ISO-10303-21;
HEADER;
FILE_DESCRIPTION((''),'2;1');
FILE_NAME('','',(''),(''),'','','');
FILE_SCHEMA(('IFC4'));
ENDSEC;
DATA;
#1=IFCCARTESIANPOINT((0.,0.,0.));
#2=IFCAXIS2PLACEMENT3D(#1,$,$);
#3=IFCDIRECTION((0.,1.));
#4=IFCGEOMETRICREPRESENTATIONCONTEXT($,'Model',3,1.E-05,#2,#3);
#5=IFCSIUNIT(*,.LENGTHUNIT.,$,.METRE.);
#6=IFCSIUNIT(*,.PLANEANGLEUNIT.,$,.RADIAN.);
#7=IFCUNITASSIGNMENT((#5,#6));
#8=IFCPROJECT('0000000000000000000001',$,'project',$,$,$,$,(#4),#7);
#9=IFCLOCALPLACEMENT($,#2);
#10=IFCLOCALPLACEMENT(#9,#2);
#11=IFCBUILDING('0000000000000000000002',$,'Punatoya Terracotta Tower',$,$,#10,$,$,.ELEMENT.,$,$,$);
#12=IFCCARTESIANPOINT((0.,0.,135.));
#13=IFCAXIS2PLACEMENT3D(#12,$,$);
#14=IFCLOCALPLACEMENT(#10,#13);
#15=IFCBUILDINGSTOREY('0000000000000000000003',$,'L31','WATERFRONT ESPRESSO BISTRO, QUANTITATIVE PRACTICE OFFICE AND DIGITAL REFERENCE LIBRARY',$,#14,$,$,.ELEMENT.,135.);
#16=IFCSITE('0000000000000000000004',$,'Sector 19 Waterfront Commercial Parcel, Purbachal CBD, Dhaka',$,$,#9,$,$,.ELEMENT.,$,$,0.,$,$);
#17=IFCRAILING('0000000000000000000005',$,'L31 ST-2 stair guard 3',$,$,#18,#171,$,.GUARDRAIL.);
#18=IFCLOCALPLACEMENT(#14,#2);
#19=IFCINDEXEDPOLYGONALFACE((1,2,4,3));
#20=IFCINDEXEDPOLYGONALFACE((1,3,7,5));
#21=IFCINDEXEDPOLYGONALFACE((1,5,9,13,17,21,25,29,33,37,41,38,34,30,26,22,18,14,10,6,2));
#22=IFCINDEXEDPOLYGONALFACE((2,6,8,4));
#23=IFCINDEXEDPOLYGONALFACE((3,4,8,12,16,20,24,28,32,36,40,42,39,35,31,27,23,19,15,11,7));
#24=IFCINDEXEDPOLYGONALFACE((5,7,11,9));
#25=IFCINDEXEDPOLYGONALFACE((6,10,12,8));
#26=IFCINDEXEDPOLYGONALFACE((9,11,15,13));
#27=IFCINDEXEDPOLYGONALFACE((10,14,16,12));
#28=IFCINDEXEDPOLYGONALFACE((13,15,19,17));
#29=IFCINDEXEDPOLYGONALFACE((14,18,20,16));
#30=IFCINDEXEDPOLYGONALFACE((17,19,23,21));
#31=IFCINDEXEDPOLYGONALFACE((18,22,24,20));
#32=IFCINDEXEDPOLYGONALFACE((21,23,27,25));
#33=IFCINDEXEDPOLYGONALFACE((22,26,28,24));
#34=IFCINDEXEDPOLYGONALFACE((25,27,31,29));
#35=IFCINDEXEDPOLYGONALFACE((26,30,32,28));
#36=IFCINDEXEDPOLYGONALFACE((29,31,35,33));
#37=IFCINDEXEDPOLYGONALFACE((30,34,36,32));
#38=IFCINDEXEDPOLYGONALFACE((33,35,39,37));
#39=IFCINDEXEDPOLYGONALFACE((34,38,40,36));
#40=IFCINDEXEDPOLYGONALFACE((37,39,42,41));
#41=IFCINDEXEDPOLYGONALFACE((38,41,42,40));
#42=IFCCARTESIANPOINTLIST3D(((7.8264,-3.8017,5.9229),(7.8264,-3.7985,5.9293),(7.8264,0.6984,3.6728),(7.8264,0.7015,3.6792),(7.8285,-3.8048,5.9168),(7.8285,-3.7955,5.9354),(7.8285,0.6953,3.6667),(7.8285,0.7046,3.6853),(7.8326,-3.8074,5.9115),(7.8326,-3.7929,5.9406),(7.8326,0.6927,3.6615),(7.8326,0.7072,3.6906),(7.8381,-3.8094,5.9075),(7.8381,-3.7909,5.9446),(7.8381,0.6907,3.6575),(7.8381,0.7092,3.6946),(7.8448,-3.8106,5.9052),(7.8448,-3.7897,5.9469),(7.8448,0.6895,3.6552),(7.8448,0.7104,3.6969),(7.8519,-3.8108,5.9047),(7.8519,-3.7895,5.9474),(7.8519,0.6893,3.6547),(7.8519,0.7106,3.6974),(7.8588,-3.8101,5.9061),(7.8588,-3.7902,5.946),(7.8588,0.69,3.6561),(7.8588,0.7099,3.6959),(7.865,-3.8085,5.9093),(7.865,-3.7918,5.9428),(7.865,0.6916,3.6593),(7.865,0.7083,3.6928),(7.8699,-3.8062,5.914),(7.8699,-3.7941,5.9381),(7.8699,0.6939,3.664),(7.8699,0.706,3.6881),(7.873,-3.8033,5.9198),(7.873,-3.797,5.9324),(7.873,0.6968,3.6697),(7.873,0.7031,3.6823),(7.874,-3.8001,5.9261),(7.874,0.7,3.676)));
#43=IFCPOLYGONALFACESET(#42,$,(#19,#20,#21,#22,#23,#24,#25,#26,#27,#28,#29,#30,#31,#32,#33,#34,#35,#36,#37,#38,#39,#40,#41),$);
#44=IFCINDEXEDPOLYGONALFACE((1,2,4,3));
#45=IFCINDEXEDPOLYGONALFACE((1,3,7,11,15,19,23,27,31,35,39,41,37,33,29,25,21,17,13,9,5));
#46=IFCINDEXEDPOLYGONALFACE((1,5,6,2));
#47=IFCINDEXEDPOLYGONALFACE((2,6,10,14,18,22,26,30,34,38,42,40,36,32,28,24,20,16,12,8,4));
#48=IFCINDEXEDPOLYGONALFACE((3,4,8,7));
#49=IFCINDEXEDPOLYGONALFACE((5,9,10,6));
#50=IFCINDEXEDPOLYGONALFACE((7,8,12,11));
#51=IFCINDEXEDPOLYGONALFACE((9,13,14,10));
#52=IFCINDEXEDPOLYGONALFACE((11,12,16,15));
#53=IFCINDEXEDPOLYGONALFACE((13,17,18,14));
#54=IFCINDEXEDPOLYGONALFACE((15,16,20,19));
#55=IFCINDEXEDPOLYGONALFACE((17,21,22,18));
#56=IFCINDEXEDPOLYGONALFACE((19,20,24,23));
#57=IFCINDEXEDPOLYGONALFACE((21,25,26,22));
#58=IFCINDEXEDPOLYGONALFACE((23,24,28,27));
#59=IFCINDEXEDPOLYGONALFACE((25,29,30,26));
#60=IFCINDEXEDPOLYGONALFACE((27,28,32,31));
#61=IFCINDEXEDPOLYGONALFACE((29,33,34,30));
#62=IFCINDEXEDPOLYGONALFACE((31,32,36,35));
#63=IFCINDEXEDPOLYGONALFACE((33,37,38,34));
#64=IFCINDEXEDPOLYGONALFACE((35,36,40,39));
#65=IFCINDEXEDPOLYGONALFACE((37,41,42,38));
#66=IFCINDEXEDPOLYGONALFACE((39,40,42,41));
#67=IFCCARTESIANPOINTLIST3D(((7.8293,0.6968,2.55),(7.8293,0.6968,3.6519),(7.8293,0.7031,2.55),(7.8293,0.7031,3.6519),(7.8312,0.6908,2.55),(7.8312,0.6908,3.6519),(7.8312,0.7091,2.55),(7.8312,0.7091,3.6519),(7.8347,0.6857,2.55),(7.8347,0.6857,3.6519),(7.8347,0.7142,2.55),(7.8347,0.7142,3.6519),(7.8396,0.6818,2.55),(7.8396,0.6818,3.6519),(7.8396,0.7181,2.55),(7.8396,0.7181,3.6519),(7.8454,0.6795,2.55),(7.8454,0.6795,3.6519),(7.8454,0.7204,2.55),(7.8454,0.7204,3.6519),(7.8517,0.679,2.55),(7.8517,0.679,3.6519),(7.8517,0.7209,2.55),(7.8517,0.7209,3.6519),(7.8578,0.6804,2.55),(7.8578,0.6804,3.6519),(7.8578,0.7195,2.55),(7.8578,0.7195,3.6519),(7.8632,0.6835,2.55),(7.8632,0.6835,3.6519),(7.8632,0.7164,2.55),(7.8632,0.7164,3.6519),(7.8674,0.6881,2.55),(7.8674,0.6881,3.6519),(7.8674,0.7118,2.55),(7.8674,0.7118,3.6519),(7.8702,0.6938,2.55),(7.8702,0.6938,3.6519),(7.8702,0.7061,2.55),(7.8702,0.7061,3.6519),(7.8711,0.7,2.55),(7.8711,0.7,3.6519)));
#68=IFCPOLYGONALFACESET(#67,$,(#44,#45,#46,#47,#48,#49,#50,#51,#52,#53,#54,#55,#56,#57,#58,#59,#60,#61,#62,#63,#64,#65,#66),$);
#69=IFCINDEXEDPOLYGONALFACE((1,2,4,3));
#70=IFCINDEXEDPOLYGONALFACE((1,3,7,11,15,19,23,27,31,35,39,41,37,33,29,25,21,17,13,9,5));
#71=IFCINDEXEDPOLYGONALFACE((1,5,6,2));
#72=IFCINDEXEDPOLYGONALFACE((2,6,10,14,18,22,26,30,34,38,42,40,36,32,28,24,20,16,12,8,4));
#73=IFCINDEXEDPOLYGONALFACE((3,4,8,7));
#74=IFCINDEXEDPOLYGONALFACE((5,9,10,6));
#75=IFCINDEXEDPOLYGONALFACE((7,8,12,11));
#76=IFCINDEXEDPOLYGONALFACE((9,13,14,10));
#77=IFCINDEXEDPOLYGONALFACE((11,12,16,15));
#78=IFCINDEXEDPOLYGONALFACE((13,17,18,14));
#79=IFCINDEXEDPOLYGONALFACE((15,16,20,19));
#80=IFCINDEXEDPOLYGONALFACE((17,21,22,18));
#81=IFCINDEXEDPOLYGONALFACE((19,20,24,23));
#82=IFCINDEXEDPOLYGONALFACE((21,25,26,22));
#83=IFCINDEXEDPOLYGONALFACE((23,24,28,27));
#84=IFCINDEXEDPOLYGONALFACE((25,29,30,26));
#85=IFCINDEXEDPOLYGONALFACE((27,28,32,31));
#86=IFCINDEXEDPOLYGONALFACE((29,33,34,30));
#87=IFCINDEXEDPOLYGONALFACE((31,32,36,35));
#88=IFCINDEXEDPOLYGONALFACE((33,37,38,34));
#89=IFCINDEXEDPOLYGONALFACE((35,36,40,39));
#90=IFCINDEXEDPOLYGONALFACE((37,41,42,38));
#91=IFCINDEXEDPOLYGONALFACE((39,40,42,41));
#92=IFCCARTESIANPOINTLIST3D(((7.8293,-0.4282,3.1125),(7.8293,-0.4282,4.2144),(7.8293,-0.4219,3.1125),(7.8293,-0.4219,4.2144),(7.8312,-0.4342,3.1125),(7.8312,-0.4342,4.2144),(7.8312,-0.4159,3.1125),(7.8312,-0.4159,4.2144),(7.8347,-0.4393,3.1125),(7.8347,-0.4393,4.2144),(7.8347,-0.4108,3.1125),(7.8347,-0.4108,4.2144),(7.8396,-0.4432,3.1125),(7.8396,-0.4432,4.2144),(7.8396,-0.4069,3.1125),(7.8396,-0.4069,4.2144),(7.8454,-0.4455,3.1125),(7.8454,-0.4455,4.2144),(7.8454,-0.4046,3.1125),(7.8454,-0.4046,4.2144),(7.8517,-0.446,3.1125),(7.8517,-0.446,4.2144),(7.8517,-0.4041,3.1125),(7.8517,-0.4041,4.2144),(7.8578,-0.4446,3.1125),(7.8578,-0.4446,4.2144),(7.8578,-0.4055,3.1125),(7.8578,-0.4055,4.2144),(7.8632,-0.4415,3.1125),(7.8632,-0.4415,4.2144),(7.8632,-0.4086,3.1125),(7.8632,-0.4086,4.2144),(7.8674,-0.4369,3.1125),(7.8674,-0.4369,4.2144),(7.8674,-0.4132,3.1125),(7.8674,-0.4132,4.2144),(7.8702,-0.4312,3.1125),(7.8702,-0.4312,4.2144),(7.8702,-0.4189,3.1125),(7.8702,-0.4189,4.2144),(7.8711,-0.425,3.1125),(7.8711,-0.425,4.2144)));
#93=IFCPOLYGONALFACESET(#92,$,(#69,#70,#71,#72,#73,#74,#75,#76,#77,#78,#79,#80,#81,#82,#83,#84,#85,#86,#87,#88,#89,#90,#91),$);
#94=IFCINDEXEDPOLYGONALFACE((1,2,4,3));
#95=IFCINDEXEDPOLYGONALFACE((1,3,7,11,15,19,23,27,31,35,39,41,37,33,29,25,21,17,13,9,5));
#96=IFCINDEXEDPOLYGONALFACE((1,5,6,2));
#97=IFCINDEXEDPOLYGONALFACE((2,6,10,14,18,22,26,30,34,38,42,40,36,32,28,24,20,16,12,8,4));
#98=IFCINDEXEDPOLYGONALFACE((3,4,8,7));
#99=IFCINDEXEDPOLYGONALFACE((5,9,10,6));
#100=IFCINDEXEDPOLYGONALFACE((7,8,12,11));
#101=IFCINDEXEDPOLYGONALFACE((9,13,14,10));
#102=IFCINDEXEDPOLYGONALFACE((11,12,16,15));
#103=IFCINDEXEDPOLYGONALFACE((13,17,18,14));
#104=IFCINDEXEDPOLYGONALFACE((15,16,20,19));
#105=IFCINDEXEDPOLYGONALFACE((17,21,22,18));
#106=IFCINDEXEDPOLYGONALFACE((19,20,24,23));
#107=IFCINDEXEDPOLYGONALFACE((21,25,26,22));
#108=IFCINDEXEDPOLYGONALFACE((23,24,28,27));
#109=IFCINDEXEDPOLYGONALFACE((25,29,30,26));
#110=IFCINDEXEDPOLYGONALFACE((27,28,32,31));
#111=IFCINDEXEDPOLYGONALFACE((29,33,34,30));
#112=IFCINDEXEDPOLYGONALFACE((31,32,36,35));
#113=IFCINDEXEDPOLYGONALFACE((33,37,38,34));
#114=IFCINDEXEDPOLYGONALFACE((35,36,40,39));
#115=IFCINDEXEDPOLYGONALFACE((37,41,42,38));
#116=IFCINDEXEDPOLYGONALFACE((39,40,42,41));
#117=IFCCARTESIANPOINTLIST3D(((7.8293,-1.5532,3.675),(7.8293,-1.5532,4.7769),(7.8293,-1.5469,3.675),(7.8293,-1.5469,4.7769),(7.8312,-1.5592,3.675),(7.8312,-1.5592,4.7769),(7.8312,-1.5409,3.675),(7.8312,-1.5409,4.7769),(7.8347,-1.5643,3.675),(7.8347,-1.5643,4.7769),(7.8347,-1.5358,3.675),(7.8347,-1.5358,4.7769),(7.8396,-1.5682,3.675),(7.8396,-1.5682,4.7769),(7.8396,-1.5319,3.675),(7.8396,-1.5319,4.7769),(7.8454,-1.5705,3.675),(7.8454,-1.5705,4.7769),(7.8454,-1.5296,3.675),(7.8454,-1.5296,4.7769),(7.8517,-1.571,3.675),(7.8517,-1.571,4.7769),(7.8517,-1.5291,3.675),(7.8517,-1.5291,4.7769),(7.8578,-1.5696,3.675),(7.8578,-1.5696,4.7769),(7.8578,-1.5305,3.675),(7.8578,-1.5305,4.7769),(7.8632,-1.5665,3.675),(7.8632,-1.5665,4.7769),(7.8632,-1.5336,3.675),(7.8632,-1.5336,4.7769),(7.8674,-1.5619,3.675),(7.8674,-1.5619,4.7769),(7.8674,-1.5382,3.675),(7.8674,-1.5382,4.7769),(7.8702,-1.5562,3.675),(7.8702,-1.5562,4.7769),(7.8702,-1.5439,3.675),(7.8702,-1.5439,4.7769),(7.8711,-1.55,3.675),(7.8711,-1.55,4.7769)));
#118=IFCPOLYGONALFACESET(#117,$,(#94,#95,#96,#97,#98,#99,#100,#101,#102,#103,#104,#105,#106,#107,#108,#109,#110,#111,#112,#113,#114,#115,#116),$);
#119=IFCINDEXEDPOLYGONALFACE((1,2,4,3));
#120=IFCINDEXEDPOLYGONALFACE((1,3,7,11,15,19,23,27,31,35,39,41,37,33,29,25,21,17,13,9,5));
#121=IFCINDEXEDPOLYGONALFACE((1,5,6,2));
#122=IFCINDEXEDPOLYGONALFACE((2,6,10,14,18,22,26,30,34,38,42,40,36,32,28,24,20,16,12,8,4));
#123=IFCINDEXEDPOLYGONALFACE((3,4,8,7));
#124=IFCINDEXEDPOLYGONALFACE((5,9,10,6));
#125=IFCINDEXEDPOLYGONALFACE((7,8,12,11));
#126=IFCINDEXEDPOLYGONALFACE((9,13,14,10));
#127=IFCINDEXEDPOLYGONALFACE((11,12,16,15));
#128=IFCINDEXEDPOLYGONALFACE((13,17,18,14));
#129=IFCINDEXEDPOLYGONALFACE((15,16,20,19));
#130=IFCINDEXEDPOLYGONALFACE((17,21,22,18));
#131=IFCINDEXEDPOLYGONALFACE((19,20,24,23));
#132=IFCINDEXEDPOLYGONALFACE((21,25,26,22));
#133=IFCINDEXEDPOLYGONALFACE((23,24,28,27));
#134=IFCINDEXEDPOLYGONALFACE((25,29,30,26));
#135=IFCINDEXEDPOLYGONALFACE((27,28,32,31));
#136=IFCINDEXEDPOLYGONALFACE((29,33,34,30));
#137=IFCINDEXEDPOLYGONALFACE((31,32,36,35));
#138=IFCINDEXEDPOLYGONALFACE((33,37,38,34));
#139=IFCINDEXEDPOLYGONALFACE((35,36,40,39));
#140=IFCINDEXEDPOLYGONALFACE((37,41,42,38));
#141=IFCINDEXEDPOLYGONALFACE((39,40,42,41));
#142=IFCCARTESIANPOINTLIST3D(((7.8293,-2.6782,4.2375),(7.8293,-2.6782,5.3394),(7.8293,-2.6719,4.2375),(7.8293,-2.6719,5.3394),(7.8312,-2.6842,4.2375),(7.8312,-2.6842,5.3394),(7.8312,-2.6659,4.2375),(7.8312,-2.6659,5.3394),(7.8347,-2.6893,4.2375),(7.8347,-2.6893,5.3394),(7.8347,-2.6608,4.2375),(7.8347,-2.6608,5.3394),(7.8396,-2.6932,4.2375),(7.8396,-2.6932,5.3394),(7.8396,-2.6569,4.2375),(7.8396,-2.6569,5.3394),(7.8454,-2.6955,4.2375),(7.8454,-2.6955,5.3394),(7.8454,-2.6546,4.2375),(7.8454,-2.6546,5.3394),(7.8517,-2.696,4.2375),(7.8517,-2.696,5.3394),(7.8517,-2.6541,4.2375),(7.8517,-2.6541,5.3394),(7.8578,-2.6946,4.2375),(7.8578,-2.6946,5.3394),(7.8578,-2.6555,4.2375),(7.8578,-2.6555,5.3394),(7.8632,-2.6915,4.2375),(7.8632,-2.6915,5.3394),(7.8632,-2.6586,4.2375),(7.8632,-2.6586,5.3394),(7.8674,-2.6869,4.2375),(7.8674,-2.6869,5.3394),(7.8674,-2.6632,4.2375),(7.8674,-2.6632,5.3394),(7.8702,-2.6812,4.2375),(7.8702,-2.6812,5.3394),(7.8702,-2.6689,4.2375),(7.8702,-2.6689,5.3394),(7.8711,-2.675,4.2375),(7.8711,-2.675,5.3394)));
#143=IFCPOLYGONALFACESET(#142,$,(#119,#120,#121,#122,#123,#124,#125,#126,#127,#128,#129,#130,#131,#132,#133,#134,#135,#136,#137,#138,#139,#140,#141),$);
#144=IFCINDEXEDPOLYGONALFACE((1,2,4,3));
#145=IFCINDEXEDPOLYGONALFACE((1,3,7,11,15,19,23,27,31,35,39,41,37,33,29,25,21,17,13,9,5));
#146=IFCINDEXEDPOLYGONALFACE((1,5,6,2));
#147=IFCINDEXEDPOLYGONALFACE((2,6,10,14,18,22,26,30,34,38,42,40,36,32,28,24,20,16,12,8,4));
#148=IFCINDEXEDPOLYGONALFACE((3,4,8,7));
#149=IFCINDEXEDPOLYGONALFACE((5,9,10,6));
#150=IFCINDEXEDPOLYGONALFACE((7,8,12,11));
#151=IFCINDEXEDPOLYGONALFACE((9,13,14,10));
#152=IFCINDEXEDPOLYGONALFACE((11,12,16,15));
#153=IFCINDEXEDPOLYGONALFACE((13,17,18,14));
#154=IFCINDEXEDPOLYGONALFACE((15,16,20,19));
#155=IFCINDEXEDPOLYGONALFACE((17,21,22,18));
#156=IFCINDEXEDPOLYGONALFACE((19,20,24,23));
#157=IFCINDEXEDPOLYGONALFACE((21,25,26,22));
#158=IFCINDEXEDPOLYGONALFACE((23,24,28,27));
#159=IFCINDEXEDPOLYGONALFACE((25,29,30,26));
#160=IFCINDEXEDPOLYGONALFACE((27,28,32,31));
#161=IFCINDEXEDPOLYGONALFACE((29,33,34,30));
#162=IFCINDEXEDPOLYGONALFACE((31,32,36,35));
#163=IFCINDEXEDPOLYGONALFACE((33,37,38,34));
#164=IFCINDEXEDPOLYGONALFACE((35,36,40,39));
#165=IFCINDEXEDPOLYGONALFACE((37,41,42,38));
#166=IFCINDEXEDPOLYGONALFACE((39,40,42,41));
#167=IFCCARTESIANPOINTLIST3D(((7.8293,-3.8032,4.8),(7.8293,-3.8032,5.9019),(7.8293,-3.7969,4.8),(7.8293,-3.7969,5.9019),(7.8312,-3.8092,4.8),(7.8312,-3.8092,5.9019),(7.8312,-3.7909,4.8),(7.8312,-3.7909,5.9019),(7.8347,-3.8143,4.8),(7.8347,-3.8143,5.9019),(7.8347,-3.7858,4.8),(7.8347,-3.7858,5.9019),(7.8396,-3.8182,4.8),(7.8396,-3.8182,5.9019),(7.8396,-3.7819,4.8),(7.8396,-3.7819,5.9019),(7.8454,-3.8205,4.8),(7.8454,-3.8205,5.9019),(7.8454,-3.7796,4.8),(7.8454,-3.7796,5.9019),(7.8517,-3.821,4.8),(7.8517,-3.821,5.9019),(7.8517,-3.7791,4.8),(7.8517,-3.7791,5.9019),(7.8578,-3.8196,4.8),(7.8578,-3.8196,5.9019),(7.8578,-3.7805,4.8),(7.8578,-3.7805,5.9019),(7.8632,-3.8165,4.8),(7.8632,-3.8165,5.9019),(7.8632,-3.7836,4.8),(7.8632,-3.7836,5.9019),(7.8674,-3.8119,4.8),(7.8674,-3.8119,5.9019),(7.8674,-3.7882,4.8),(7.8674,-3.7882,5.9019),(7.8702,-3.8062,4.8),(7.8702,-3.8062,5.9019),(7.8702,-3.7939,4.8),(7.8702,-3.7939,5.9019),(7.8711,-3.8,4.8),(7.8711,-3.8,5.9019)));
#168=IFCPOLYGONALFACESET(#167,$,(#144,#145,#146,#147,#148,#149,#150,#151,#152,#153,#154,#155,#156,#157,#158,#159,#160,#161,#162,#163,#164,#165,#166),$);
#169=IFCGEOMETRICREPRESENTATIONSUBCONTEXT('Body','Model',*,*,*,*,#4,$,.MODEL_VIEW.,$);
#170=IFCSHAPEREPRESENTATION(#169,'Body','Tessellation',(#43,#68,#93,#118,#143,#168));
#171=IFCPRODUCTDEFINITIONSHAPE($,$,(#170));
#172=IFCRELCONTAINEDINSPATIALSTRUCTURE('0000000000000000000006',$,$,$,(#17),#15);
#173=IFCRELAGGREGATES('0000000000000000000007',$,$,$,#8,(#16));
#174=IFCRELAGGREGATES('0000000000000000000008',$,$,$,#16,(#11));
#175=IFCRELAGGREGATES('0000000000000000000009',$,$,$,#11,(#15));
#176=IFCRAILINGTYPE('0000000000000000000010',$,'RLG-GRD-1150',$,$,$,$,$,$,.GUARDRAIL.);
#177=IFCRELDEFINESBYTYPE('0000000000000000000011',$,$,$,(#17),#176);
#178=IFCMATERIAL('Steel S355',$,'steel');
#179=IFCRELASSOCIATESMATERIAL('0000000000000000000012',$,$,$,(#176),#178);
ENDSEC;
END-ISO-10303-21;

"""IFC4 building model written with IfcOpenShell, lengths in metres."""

from ifc_helpers import new_model, si_unit, direction, frame, origin, origin_2d, place, context, subcontext, project, spatial, circle, extrude, material, type_object, element, save


model = new_model("IFC4")

# Units and contexts
model_context = context("Model", 3, precision=1e-05, world=origin(), true_north=direction((0.0, 1.0)))
body_context = subcontext(model_context, "Body", "Model", "MODEL_VIEW")
ifc_project = project(units=[si_unit("LENGTHUNIT", "METRE"), si_unit("PLANEANGLEUNIT", "RADIAN")], contexts=[model_context])

# Site, building, storey
site_placement = place(None, origin())
site = spatial("IfcSite", under=ifc_project, at=site_placement, Name="Sector 19 Waterfront Commercial Parcel, Purbachal CBD, Dhaka", CompositionType="ELEMENT", RefElevation=0.0)
building_placement = place(site_placement, origin())
building = spatial("IfcBuilding", under=site, at=building_placement, Name="Punatoya Terracotta Tower", CompositionType="ELEMENT")
storey_placement = place(building_placement, frame((0.0, 0.0, 135.0)))
storey = spatial("IfcBuildingStorey", under=building, at=storey_placement, Name="L31", Description="WATERFRONT ESPRESSO BISTRO, QUANTITATIVE PRACTICE OFFICE AND DIGITAL REFERENCE LIBRARY", CompositionType="ELEMENT", Elevation=135.0)

# Shared definitions
ifc_material_1 = material(Name="Steel S355", Category="steel")

# Railing
railing_type = type_object("IfcRailingType", Name="RLG-GRD-1150", PredefinedType="GUARDRAIL", material=ifc_material_1)
railing_1_placement = place(storey_placement, frame((7.8501, 0.7, 2.55)))
element("IfcRailing", 1, at=railing_1_placement, inside=storey, type_object=railing_type, Name="L31 ST-2 stair guard 3", PredefinedType="GUARDRAIL", context=body_context, shape_type="SweptSolid", body=[
    extrude(circle(Radius=0.0239, at=origin_2d()), frame((0.0, 0.0, 1.126), z_axis=(0.0, -0.894427, 0.447214), x_axis=(1.0, 0.0, 0.0)), (0.0, 0.0, 1.0), 5.0312),
    extrude(circle(Radius=0.021, at=origin_2d()), origin(), (0.0, 0.0, 1.0), 1.1018),
    extrude(circle(Radius=0.021, at=origin_2d()), frame((0.0, -1.125, 0.5625)), (0.0, 0.0, 1.0), 1.1018),
    extrude(circle(Radius=0.021, at=origin_2d()), frame((0.0, -2.25, 1.125)), (0.0, 0.0, 1.0), 1.1018),
    extrude(circle(Radius=0.021, at=origin_2d()), frame((0.0, -3.375, 1.6875)), (0.0, 0.0, 1.0), 1.1018),
    extrude(circle(Radius=0.021, at=origin_2d()), frame((0.0, -4.5, 2.25)), (0.0, 0.0, 1.0), 1.1018),
])

save(model, "model.ifc")
